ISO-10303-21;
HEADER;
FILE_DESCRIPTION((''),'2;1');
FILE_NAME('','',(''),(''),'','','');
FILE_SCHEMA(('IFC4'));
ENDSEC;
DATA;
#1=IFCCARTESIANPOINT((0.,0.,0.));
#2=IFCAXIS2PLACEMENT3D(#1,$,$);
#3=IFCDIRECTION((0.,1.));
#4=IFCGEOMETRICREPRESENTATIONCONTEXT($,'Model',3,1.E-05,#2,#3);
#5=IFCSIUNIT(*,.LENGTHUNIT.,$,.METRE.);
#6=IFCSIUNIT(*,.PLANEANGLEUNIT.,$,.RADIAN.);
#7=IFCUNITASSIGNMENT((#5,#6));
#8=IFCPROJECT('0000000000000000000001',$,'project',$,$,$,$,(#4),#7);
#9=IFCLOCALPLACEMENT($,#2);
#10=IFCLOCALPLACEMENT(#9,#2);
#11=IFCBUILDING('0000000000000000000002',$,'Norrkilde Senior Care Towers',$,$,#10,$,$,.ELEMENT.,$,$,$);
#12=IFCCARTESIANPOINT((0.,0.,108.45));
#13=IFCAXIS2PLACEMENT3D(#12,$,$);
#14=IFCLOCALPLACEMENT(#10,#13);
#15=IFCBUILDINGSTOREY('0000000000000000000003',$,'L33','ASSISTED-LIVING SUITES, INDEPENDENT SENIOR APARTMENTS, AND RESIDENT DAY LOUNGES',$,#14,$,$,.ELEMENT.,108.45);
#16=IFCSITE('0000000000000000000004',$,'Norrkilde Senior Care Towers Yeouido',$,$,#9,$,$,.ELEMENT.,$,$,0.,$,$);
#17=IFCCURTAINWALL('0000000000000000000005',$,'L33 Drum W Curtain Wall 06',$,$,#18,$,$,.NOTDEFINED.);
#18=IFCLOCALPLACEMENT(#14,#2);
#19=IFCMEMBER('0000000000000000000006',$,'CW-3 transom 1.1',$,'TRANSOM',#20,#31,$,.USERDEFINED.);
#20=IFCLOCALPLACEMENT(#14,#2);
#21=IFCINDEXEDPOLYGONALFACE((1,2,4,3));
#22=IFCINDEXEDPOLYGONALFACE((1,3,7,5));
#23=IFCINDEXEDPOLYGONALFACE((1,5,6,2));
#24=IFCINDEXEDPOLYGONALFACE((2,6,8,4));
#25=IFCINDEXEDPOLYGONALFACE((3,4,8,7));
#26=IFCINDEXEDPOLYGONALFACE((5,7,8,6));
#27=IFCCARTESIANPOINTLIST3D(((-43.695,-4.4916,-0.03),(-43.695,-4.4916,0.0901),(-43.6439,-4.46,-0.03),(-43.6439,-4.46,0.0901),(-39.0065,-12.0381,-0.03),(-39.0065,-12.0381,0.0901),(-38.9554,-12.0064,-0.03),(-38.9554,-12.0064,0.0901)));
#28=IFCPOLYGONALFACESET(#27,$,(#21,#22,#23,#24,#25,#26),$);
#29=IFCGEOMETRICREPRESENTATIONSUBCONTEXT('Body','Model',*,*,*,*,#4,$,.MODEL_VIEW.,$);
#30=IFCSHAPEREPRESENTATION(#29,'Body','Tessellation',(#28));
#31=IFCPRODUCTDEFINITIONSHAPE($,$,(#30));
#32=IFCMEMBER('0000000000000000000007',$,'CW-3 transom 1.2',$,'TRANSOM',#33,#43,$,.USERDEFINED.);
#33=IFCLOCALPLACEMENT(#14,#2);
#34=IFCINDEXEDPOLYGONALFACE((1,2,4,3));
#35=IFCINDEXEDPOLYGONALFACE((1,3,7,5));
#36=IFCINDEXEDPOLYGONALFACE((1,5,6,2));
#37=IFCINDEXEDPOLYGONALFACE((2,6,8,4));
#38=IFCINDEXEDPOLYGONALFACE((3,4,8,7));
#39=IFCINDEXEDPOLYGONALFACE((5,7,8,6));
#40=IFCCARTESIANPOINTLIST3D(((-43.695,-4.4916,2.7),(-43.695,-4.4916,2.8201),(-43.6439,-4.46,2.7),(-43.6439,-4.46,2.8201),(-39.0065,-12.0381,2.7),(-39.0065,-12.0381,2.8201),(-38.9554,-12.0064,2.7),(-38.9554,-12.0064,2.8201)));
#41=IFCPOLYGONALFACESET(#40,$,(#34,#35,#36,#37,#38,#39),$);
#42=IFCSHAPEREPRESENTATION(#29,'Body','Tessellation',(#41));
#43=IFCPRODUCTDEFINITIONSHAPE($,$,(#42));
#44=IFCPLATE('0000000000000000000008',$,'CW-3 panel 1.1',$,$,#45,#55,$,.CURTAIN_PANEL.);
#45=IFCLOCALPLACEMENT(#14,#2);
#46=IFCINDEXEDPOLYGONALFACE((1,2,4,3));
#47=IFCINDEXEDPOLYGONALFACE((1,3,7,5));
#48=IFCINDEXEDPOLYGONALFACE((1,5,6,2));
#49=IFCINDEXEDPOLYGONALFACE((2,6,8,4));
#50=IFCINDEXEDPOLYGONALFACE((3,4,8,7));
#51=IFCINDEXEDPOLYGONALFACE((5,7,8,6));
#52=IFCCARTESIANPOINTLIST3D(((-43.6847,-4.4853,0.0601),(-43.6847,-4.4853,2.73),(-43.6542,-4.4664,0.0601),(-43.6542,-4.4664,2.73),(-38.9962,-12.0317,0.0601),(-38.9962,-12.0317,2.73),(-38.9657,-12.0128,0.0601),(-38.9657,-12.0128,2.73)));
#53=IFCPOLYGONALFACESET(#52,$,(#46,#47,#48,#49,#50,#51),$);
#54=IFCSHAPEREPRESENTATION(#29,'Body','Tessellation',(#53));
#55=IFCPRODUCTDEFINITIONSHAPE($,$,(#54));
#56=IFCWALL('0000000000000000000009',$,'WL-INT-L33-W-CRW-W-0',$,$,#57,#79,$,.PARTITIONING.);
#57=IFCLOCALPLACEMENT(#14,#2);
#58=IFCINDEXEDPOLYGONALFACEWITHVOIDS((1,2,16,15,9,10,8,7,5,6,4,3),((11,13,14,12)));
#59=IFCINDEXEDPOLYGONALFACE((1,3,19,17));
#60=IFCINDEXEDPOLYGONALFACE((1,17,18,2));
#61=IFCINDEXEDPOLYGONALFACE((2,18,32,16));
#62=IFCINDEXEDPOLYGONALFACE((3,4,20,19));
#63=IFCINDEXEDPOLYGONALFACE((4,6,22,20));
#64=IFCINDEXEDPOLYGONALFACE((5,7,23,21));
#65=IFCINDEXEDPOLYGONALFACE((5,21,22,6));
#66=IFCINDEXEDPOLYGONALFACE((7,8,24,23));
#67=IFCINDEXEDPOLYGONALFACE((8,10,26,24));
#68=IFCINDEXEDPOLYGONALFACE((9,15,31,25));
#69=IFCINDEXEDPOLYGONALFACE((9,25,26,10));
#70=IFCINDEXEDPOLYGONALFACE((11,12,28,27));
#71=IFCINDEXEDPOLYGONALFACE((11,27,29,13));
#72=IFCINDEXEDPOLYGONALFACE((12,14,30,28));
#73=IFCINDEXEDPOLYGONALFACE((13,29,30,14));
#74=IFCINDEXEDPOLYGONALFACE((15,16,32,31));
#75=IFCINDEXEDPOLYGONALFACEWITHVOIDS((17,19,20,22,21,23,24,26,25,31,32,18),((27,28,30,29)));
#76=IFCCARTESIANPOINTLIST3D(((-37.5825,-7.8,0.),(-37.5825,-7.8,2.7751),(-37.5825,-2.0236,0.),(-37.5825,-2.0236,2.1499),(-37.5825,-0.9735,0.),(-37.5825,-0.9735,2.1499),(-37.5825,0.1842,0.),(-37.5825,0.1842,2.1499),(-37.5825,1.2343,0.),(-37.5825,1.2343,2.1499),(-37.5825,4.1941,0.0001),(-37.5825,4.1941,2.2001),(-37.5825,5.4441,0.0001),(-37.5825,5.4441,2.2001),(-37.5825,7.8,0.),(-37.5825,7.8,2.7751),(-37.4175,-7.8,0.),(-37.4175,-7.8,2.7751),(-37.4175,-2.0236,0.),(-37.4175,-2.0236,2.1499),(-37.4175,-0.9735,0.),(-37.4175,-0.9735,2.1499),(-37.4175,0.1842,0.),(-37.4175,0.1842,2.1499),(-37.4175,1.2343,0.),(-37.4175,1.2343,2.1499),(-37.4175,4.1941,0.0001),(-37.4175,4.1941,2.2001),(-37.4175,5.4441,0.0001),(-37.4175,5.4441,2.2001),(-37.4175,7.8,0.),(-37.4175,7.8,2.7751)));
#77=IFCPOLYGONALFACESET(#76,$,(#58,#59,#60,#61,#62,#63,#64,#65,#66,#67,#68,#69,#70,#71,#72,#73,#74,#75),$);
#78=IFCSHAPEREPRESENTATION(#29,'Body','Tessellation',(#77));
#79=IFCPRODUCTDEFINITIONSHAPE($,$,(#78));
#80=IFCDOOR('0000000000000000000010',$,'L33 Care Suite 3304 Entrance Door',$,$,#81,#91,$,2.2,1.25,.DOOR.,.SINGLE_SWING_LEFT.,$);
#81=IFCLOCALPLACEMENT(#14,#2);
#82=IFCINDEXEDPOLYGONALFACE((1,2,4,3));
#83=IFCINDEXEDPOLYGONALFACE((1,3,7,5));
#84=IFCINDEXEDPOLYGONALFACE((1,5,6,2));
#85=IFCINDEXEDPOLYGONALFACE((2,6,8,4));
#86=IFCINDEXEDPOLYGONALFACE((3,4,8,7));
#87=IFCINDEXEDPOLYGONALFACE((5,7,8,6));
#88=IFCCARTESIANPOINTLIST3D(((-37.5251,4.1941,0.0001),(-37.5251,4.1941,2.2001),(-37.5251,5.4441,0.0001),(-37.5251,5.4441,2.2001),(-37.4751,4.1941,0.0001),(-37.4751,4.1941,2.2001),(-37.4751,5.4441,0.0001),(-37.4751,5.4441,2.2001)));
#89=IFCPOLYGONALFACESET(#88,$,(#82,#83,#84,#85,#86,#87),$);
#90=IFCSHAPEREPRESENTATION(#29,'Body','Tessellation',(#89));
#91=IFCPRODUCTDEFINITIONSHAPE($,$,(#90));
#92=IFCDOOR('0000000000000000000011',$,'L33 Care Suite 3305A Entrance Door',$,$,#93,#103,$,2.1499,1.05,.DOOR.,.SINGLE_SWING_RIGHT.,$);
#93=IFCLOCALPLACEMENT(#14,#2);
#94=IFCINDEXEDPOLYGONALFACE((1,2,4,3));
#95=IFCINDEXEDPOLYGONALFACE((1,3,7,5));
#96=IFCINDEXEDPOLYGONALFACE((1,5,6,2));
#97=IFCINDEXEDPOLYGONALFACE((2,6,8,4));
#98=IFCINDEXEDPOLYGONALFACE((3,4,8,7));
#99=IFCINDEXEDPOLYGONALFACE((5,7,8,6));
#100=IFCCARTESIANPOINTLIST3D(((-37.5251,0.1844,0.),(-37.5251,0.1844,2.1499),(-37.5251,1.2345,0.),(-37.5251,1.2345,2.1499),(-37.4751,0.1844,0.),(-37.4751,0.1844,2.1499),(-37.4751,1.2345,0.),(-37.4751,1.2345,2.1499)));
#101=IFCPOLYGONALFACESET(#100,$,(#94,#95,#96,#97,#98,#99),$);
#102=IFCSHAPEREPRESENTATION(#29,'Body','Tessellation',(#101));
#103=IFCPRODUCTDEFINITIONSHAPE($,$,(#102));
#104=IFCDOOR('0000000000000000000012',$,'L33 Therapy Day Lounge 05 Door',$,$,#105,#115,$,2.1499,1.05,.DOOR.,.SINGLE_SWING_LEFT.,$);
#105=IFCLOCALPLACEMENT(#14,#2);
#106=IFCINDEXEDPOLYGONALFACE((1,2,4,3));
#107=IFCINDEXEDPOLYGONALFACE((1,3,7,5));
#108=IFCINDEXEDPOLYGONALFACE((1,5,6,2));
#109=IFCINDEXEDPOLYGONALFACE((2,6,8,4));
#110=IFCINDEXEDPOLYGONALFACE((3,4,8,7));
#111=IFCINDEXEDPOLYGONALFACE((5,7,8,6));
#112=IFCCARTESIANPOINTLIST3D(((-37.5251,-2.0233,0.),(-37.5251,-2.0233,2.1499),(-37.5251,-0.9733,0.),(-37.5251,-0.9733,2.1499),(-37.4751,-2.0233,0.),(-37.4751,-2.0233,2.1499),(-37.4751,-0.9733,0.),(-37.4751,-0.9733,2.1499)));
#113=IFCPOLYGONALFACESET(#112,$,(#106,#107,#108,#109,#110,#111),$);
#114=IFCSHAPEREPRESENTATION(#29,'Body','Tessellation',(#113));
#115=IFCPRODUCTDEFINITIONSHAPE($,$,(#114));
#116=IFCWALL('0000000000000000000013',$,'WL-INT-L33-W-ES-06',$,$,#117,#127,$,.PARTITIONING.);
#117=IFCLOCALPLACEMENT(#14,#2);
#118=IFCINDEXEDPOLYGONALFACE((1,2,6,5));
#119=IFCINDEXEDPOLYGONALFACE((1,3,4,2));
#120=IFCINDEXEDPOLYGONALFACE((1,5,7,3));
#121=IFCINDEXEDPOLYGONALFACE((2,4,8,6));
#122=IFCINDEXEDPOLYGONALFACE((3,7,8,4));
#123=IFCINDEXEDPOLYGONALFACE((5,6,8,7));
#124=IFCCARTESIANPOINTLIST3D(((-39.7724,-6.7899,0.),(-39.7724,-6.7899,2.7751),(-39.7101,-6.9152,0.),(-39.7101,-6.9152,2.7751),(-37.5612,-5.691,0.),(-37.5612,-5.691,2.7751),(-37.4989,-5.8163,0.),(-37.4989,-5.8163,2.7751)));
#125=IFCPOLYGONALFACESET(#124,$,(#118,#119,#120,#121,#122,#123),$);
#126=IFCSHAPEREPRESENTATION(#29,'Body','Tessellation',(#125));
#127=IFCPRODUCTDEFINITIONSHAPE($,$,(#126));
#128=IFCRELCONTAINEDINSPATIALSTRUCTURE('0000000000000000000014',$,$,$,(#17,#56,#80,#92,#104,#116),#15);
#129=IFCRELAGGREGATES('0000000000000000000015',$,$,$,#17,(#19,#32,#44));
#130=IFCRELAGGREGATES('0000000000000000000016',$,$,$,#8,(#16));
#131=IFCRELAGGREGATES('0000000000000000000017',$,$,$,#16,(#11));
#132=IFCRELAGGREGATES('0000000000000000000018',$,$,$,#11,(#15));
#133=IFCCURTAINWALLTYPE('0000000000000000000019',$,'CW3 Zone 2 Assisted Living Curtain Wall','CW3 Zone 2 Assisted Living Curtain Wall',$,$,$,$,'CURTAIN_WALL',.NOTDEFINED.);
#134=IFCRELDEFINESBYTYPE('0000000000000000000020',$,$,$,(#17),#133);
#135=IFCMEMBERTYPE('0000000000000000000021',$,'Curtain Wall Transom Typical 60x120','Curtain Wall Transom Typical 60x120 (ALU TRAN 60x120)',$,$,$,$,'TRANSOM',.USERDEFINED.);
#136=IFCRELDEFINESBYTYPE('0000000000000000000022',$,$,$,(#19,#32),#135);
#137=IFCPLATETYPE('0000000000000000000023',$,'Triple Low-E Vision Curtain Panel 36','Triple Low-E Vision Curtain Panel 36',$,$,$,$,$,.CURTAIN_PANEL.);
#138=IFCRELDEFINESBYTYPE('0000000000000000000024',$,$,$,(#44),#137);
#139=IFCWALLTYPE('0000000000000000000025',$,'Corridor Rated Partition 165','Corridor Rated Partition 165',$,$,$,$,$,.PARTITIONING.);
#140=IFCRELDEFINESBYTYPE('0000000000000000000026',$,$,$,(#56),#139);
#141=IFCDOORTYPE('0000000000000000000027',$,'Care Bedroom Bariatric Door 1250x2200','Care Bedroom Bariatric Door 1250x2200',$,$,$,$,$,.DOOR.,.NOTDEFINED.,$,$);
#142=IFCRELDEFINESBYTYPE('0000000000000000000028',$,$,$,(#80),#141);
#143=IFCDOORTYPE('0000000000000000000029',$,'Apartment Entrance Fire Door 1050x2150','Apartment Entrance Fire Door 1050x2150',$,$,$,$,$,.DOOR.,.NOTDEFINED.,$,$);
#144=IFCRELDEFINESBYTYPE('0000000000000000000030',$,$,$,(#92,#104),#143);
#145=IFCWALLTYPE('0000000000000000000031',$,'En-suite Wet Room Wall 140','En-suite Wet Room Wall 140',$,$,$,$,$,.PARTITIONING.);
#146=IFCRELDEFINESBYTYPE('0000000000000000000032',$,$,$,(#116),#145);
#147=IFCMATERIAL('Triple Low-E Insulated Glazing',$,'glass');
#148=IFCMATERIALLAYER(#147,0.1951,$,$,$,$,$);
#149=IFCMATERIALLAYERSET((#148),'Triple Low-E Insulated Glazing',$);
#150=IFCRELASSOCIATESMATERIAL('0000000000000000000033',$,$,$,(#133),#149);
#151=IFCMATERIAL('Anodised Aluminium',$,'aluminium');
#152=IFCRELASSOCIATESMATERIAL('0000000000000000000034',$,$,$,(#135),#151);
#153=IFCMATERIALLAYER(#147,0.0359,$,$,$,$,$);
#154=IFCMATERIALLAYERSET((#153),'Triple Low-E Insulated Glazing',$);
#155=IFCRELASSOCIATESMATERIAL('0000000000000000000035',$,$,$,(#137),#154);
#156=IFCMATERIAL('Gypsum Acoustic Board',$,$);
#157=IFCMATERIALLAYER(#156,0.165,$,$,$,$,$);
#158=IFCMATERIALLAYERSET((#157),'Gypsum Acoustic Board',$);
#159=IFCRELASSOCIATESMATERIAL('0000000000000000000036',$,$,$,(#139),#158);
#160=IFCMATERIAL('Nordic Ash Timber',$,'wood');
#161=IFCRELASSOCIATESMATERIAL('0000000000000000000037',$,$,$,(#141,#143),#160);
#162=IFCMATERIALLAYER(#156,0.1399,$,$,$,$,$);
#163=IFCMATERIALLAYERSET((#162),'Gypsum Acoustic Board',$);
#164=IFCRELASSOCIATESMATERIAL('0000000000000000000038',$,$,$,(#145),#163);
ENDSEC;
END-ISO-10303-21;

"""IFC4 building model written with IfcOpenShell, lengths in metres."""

from ifc_helpers import new_model, si_unit, direction, frame, frame_2d, origin, origin_2d, place, context, subcontext, project, spatial, rectangle, extrude, source, transform, mapped, material, layer, layer_set, material_profile, profile_set, type_object, type_shapes, element, fill, aggregate, save


model = new_model("IFC4")

# Units and contexts
model_context = context("Model", 3, precision=1e-05, world=origin(), true_north=direction((0.0, 1.0)))
body_context = subcontext(model_context, "Body", "Model", "MODEL_VIEW")
ifc_project = project(units=[si_unit("LENGTHUNIT", "METRE"), si_unit("PLANEANGLEUNIT", "RADIAN")], contexts=[model_context])

# Site, building, storey
site_placement = place(None, origin())
site = spatial("IfcSite", under=ifc_project, at=site_placement, Name="Norrkilde Senior Care Towers Yeouido", CompositionType="ELEMENT", RefElevation=0.0)
building_placement = place(site_placement, origin())
building = spatial("IfcBuilding", under=site, at=building_placement, Name="Norrkilde Senior Care Towers", CompositionType="ELEMENT")
storey_placement = place(building_placement, frame((0.0, 0.0, 108.45)))
storey = spatial("IfcBuildingStorey", under=building, at=storey_placement, Name="L33", Description="ASSISTED-LIVING SUITES, INDEPENDENT SENIOR APARTMENTS, AND RESIDENT DAY LOUNGES", CompositionType="ELEMENT", Elevation=108.45)

# Curtain wall, members, plate
ifc_material_1 = material(Name="Triple Low-E Insulated Glazing", Category="glass")
ifc_layer_1 = layer(ifc_material_1, 0.1951)
ifc_layer_set_1 = layer_set([ifc_layer_1], Name="Triple Low-E Insulated Glazing")
curtain_wall_type = type_object("IfcCurtainWallType", Name="CW3 Zone 2 Assisted Living Curtain Wall", Description="CW3 Zone 2 Assisted Living Curtain Wall", ElementType="CURTAIN_WALL", PredefinedType="NOTDEFINED", material=ifc_layer_set_1)
curtain_wall_placement = place(storey_placement, origin())
curtain_wall = element("IfcCurtainWall", 1, at=curtain_wall_placement, inside=storey, type_object=curtain_wall_type, Name="L33 Drum W Curtain Wall 06", PredefinedType="NOTDEFINED")
ifc_material_2 = material(Name="Anodised Aluminium", Category="aluminium")
ifc_material_profile_1 = material_profile(ifc_material_2, rectangle(XDim=0.0601, YDim=0.1201, at=origin_2d()), Name="ALU TRAN 60x120")
ifc_profile_set_1 = profile_set([ifc_material_profile_1], Name="Anodised Aluminium")
member_type_1 = type_object("IfcMemberType", Name="Curtain Wall Transom Typical 60x120", Description="Curtain Wall Transom Typical 60x120 (ALU TRAN 60x120)", ElementType="TRANSOM", PredefinedType="USERDEFINED", material=ifc_profile_set_1)
shared_shape_1 = source(origin(), body_context, "Body", "SweptSolid", [
    extrude(rectangle(XDim=0.0601, YDim=0.1201, at=origin_2d()), origin(), (0.0, 0.0, 1.0), 8.8843),
])
type_shapes(member_type_1, [shared_shape_1])
member_1_placement = place(storey_placement, frame((-38.981, -12.0222, 0.03), z_axis=(-0.527729, 0.849413, 0.0), x_axis=(-0.849413, -0.527729, 0.0)))
member_1 = element("IfcMember", 2, at=member_1_placement, type_object=member_type_1, Name="CW-3 transom 1.1", ObjectType="TRANSOM", PredefinedType="USERDEFINED", context=body_context, shape_type="MappedRepresentation", body=[
    mapped(shared_shape_1, transform((0.0, 0.0, 0.0), x_axis=(1.0, 0.0, 0.0), y_axis=(0.0, 1.0, 0.0), z_axis=(0.0, 0.0, 1.0), scale=1.0)),
])
member_2_placement = place(storey_placement, frame((-38.981, -12.0222, 2.76), z_axis=(-0.527729, 0.849413, 0.0), x_axis=(-0.849413, -0.527729, 0.0)))
member_2 = element("IfcMember", 3, at=member_2_placement, type_object=member_type_1, Name="CW-3 transom 1.2", ObjectType="TRANSOM", PredefinedType="USERDEFINED", context=body_context, shape_type="MappedRepresentation", body=[
    mapped(shared_shape_1, transform((0.0, 0.0, 0.0), x_axis=(1.0, 0.0, 0.0), y_axis=(0.0, 1.0, 0.0), z_axis=(0.0, 0.0, 1.0), scale=1.0)),
])
ifc_layer_2 = layer(ifc_material_1, 0.0359)
ifc_layer_set_2 = layer_set([ifc_layer_2], Name="Triple Low-E Insulated Glazing")
plate_type = type_object("IfcPlateType", Name="Triple Low-E Vision Curtain Panel 36", Description="Triple Low-E Vision Curtain Panel 36", PredefinedType="CURTAIN_PANEL", material=ifc_layer_set_2)
shared_shape_2 = source(origin(), body_context, "Body", "SweptSolid", [
    extrude(rectangle(XDim=8.8843, YDim=0.0359, at=origin_2d()), origin(), (0.0, 0.0, 1.0), 2.6699),
])
type_shapes(plate_type, [shared_shape_2])
plate_placement = place(storey_placement, frame((-41.3252, -8.249, 0.0601), z_axis=(0.0, 0.0, 1.0), x_axis=(-0.527733, 0.84941, 0.0)))
plate = element("IfcPlate", 4, at=plate_placement, type_object=plate_type, Name="CW-3 panel 1.1", PredefinedType="CURTAIN_PANEL", context=body_context, shape_type="MappedRepresentation", body=[
    mapped(shared_shape_2, transform((0.0, 0.0, 0.0), x_axis=(1.0, 0.0, 0.0), y_axis=(0.0, 1.0, 0.0), z_axis=(0.0, 0.0, 1.0), scale=1.0)),
])
aggregate(curtain_wall, [member_1, member_2, plate])

# Wall, openings, doors
ifc_material_3 = material(Name="Gypsum Acoustic Board")
ifc_layer_3 = layer(ifc_material_3, 0.165)
ifc_layer_set_3 = layer_set([ifc_layer_3], Name="Gypsum Acoustic Board")
wall_type_1 = type_object("IfcWallType", Name="Corridor Rated Partition 165", Description="Corridor Rated Partition 165", PredefinedType="PARTITIONING", material=ifc_layer_set_3)
shared_shape_3 = source(origin(), body_context, "Body", "SweptSolid", [
    extrude(rectangle(XDim=15.6001, YDim=0.165, at=frame_2d((7.8, 0.0))), origin(), (0.0, 0.0, 1.0), 2.7751),
])
type_shapes(wall_type_1, [shared_shape_3])
wall_1_placement = place(storey_placement, frame((-37.5, -7.8, 0.0), z_axis=(0.0, 0.0, 1.0), x_axis=(0.0, 1.0, 0.0)))
wall_1 = element("IfcWall", 5, at=wall_1_placement, inside=storey, type_object=wall_type_1, Name="WL-INT-L33-W-CRW-W-0", PredefinedType="PARTITIONING", context=body_context, shape_type="MappedRepresentation", body=[
    mapped(shared_shape_3, transform((0.0, 0.0, 0.0), x_axis=(1.0, 0.0, 0.0), y_axis=(0.0, 1.0, 0.0), z_axis=(0.0, 0.0, 1.0), scale=1.0)),
])
opening_1_placement = place(wall_1_placement, frame((11.9941, 0.0, 0.0)))
opening_1 = element("IfcOpeningElement", 6, at=opening_1_placement, cuts=wall_1, PredefinedType="OPENING", context=body_context, shape_type="SweptSolid", body=[
    extrude(rectangle(XDim=1.25, YDim=2.2, at=frame_2d((0.625, 1.1001))), frame((0.0, 0.0925, 0.0), z_axis=(0.0, -1.0, 0.0), x_axis=(1.0, 0.0, 0.0)), (0.0, 0.0, 1.0), 0.1851),
])
opening_2_placement = place(wall_1_placement, frame((7.9844, 0.0, 0.0)))
opening_2 = element("IfcOpeningElement", 7, at=opening_2_placement, cuts=wall_1, PredefinedType="OPENING", context=body_context, shape_type="SweptSolid", body=[
    extrude(rectangle(XDim=1.05, YDim=2.1499, at=frame_2d((0.5249, 1.075))), frame((0.0, 0.0925, 0.0), z_axis=(0.0, -1.0, 0.0), x_axis=(1.0, 0.0, 0.0)), (0.0, 0.0, 1.0), 0.1851),
])
opening_3_placement = place(wall_1_placement, frame((5.7766, 0.0, 0.0)))
opening_3 = element("IfcOpeningElement", 8, at=opening_3_placement, cuts=wall_1, PredefinedType="OPENING", context=body_context, shape_type="SweptSolid", body=[
    extrude(rectangle(XDim=1.05, YDim=2.1499, at=frame_2d((0.5249, 1.075))), frame((0.0, 0.0925, 0.0), z_axis=(0.0, -1.0, 0.0), x_axis=(1.0, 0.0, 0.0)), (0.0, 0.0, 1.0), 0.1851),
])
ifc_material_4 = material(Name="Nordic Ash Timber", Category="wood")
door_type_1 = type_object("IfcDoorType", Name="Care Bedroom Bariatric Door 1250x2200", Description="Care Bedroom Bariatric Door 1250x2200", OperationType="NOTDEFINED", PredefinedType="DOOR", material=ifc_material_4)
shared_shape_4 = source(origin(), body_context, "Body", "SweptSolid", [
    extrude(rectangle(XDim=1.25, YDim=2.2, at=frame_2d((0.625, 1.1001))), frame((0.0, 0.0249, 0.0), z_axis=(0.0, -1.0, 0.0), x_axis=(1.0, 0.0, 0.0)), (0.0, 0.0, 1.0), 0.05),
])
type_shapes(door_type_1, [shared_shape_4])
door_1_placement = place(opening_1_placement, frame((1.25, 0.0, 0.0), z_axis=(0.0, 0.0, 1.0), x_axis=(-1.0, 0.0, 0.0)))
door_1 = element("IfcDoor", 9, at=door_1_placement, inside=storey, type_object=door_type_1, Name="L33 Care Suite 3304 Entrance Door", OperationType="SINGLE_SWING_LEFT", OverallHeight=2.2, OverallWidth=1.25, PredefinedType="DOOR", context=body_context, shape_type="MappedRepresentation", body=[
    mapped(shared_shape_4, transform((0.0, 0.0, 0.0), x_axis=(1.0, 0.0, 0.0), y_axis=(0.0, 1.0, 0.0), z_axis=(0.0, 0.0, 1.0), scale=1.0)),
])
fill(opening_1, door_1)
door_type_2 = type_object("IfcDoorType", Name="Apartment Entrance Fire Door 1050x2150", Description="Apartment Entrance Fire Door 1050x2150", OperationType="NOTDEFINED", PredefinedType="DOOR", material=ifc_material_4)
shared_shape_5 = source(origin(), body_context, "Body", "SweptSolid", [
    extrude(rectangle(XDim=1.05, YDim=2.1499, at=frame_2d((0.5249, 1.075))), frame((0.0, 0.0249, 0.0), z_axis=(0.0, -1.0, 0.0), x_axis=(1.0, 0.0, 0.0)), (0.0, 0.0, 1.0), 0.05),
])
type_shapes(door_type_2, [shared_shape_5])
door_2_placement = place(opening_2_placement, frame((1.05, 0.0, 0.0), z_axis=(0.0, 0.0, 1.0), x_axis=(-1.0, 0.0, 0.0)))
door_2 = element("IfcDoor", 10, at=door_2_placement, inside=storey, type_object=door_type_2, Name="L33 Care Suite 3305A Entrance Door", OperationType="SINGLE_SWING_RIGHT", OverallHeight=2.1499, OverallWidth=1.05, PredefinedType="DOOR", context=body_context, shape_type="MappedRepresentation", body=[
    mapped(shared_shape_5, transform((0.0, 0.0, 0.0), x_axis=(1.0, 0.0, 0.0), y_axis=(0.0, 1.0, 0.0), z_axis=(0.0, 0.0, 1.0), scale=1.0)),
])
fill(opening_2, door_2)
door_3_placement = place(opening_3_placement, frame((1.05, 0.0, 0.0), z_axis=(0.0, 0.0, 1.0), x_axis=(-1.0, 0.0, 0.0)))
door_3 = element("IfcDoor", 11, at=door_3_placement, inside=storey, type_object=door_type_2, Name="L33 Therapy Day Lounge 05 Door", OperationType="SINGLE_SWING_LEFT", OverallHeight=2.1499, OverallWidth=1.05, PredefinedType="DOOR", context=body_context, shape_type="MappedRepresentation", body=[
    mapped(shared_shape_5, transform((0.0, 0.0, 0.0), x_axis=(1.0, 0.0, 0.0), y_axis=(0.0, 1.0, 0.0), z_axis=(0.0, 0.0, 1.0), scale=1.0)),
])
fill(opening_3, door_3)

# Wall
ifc_layer_4 = layer(ifc_material_3, 0.1399)
ifc_layer_set_4 = layer_set([ifc_layer_4], Name="Gypsum Acoustic Board")
wall_type_2 = type_object("IfcWallType", Name="En-suite Wet Room Wall 140", Description="En-suite Wet Room Wall 140", PredefinedType="PARTITIONING", material=ifc_layer_set_4)
shared_shape_6 = source(origin(), body_context, "Body", "SweptSolid", [
    extrude(rectangle(XDim=2.4692, YDim=0.1399, at=frame_2d((1.2346, 0.0))), origin(), (0.0, 0.0, 1.0), 2.7751),
])
wall_2_placement = place(storey_placement, frame((-37.53, -5.7537, 0.0), z_axis=(0.0, 0.0, 1.0), x_axis=(-0.895512, -0.445037, 0.0)))
element("IfcWall", 12, at=wall_2_placement, inside=storey, type_object=wall_type_2, Name="WL-INT-L33-W-ES-06", PredefinedType="PARTITIONING", context=body_context, shape_type="MappedRepresentation", body=[
    mapped(shared_shape_6, transform((0.0, 0.0, 0.0), x_axis=(1.0, 0.0, 0.0), y_axis=(0.0, 1.0, 0.0), z_axis=(0.0, 0.0, 1.0), scale=1.0)),
])

save(model, "model.ifc")
